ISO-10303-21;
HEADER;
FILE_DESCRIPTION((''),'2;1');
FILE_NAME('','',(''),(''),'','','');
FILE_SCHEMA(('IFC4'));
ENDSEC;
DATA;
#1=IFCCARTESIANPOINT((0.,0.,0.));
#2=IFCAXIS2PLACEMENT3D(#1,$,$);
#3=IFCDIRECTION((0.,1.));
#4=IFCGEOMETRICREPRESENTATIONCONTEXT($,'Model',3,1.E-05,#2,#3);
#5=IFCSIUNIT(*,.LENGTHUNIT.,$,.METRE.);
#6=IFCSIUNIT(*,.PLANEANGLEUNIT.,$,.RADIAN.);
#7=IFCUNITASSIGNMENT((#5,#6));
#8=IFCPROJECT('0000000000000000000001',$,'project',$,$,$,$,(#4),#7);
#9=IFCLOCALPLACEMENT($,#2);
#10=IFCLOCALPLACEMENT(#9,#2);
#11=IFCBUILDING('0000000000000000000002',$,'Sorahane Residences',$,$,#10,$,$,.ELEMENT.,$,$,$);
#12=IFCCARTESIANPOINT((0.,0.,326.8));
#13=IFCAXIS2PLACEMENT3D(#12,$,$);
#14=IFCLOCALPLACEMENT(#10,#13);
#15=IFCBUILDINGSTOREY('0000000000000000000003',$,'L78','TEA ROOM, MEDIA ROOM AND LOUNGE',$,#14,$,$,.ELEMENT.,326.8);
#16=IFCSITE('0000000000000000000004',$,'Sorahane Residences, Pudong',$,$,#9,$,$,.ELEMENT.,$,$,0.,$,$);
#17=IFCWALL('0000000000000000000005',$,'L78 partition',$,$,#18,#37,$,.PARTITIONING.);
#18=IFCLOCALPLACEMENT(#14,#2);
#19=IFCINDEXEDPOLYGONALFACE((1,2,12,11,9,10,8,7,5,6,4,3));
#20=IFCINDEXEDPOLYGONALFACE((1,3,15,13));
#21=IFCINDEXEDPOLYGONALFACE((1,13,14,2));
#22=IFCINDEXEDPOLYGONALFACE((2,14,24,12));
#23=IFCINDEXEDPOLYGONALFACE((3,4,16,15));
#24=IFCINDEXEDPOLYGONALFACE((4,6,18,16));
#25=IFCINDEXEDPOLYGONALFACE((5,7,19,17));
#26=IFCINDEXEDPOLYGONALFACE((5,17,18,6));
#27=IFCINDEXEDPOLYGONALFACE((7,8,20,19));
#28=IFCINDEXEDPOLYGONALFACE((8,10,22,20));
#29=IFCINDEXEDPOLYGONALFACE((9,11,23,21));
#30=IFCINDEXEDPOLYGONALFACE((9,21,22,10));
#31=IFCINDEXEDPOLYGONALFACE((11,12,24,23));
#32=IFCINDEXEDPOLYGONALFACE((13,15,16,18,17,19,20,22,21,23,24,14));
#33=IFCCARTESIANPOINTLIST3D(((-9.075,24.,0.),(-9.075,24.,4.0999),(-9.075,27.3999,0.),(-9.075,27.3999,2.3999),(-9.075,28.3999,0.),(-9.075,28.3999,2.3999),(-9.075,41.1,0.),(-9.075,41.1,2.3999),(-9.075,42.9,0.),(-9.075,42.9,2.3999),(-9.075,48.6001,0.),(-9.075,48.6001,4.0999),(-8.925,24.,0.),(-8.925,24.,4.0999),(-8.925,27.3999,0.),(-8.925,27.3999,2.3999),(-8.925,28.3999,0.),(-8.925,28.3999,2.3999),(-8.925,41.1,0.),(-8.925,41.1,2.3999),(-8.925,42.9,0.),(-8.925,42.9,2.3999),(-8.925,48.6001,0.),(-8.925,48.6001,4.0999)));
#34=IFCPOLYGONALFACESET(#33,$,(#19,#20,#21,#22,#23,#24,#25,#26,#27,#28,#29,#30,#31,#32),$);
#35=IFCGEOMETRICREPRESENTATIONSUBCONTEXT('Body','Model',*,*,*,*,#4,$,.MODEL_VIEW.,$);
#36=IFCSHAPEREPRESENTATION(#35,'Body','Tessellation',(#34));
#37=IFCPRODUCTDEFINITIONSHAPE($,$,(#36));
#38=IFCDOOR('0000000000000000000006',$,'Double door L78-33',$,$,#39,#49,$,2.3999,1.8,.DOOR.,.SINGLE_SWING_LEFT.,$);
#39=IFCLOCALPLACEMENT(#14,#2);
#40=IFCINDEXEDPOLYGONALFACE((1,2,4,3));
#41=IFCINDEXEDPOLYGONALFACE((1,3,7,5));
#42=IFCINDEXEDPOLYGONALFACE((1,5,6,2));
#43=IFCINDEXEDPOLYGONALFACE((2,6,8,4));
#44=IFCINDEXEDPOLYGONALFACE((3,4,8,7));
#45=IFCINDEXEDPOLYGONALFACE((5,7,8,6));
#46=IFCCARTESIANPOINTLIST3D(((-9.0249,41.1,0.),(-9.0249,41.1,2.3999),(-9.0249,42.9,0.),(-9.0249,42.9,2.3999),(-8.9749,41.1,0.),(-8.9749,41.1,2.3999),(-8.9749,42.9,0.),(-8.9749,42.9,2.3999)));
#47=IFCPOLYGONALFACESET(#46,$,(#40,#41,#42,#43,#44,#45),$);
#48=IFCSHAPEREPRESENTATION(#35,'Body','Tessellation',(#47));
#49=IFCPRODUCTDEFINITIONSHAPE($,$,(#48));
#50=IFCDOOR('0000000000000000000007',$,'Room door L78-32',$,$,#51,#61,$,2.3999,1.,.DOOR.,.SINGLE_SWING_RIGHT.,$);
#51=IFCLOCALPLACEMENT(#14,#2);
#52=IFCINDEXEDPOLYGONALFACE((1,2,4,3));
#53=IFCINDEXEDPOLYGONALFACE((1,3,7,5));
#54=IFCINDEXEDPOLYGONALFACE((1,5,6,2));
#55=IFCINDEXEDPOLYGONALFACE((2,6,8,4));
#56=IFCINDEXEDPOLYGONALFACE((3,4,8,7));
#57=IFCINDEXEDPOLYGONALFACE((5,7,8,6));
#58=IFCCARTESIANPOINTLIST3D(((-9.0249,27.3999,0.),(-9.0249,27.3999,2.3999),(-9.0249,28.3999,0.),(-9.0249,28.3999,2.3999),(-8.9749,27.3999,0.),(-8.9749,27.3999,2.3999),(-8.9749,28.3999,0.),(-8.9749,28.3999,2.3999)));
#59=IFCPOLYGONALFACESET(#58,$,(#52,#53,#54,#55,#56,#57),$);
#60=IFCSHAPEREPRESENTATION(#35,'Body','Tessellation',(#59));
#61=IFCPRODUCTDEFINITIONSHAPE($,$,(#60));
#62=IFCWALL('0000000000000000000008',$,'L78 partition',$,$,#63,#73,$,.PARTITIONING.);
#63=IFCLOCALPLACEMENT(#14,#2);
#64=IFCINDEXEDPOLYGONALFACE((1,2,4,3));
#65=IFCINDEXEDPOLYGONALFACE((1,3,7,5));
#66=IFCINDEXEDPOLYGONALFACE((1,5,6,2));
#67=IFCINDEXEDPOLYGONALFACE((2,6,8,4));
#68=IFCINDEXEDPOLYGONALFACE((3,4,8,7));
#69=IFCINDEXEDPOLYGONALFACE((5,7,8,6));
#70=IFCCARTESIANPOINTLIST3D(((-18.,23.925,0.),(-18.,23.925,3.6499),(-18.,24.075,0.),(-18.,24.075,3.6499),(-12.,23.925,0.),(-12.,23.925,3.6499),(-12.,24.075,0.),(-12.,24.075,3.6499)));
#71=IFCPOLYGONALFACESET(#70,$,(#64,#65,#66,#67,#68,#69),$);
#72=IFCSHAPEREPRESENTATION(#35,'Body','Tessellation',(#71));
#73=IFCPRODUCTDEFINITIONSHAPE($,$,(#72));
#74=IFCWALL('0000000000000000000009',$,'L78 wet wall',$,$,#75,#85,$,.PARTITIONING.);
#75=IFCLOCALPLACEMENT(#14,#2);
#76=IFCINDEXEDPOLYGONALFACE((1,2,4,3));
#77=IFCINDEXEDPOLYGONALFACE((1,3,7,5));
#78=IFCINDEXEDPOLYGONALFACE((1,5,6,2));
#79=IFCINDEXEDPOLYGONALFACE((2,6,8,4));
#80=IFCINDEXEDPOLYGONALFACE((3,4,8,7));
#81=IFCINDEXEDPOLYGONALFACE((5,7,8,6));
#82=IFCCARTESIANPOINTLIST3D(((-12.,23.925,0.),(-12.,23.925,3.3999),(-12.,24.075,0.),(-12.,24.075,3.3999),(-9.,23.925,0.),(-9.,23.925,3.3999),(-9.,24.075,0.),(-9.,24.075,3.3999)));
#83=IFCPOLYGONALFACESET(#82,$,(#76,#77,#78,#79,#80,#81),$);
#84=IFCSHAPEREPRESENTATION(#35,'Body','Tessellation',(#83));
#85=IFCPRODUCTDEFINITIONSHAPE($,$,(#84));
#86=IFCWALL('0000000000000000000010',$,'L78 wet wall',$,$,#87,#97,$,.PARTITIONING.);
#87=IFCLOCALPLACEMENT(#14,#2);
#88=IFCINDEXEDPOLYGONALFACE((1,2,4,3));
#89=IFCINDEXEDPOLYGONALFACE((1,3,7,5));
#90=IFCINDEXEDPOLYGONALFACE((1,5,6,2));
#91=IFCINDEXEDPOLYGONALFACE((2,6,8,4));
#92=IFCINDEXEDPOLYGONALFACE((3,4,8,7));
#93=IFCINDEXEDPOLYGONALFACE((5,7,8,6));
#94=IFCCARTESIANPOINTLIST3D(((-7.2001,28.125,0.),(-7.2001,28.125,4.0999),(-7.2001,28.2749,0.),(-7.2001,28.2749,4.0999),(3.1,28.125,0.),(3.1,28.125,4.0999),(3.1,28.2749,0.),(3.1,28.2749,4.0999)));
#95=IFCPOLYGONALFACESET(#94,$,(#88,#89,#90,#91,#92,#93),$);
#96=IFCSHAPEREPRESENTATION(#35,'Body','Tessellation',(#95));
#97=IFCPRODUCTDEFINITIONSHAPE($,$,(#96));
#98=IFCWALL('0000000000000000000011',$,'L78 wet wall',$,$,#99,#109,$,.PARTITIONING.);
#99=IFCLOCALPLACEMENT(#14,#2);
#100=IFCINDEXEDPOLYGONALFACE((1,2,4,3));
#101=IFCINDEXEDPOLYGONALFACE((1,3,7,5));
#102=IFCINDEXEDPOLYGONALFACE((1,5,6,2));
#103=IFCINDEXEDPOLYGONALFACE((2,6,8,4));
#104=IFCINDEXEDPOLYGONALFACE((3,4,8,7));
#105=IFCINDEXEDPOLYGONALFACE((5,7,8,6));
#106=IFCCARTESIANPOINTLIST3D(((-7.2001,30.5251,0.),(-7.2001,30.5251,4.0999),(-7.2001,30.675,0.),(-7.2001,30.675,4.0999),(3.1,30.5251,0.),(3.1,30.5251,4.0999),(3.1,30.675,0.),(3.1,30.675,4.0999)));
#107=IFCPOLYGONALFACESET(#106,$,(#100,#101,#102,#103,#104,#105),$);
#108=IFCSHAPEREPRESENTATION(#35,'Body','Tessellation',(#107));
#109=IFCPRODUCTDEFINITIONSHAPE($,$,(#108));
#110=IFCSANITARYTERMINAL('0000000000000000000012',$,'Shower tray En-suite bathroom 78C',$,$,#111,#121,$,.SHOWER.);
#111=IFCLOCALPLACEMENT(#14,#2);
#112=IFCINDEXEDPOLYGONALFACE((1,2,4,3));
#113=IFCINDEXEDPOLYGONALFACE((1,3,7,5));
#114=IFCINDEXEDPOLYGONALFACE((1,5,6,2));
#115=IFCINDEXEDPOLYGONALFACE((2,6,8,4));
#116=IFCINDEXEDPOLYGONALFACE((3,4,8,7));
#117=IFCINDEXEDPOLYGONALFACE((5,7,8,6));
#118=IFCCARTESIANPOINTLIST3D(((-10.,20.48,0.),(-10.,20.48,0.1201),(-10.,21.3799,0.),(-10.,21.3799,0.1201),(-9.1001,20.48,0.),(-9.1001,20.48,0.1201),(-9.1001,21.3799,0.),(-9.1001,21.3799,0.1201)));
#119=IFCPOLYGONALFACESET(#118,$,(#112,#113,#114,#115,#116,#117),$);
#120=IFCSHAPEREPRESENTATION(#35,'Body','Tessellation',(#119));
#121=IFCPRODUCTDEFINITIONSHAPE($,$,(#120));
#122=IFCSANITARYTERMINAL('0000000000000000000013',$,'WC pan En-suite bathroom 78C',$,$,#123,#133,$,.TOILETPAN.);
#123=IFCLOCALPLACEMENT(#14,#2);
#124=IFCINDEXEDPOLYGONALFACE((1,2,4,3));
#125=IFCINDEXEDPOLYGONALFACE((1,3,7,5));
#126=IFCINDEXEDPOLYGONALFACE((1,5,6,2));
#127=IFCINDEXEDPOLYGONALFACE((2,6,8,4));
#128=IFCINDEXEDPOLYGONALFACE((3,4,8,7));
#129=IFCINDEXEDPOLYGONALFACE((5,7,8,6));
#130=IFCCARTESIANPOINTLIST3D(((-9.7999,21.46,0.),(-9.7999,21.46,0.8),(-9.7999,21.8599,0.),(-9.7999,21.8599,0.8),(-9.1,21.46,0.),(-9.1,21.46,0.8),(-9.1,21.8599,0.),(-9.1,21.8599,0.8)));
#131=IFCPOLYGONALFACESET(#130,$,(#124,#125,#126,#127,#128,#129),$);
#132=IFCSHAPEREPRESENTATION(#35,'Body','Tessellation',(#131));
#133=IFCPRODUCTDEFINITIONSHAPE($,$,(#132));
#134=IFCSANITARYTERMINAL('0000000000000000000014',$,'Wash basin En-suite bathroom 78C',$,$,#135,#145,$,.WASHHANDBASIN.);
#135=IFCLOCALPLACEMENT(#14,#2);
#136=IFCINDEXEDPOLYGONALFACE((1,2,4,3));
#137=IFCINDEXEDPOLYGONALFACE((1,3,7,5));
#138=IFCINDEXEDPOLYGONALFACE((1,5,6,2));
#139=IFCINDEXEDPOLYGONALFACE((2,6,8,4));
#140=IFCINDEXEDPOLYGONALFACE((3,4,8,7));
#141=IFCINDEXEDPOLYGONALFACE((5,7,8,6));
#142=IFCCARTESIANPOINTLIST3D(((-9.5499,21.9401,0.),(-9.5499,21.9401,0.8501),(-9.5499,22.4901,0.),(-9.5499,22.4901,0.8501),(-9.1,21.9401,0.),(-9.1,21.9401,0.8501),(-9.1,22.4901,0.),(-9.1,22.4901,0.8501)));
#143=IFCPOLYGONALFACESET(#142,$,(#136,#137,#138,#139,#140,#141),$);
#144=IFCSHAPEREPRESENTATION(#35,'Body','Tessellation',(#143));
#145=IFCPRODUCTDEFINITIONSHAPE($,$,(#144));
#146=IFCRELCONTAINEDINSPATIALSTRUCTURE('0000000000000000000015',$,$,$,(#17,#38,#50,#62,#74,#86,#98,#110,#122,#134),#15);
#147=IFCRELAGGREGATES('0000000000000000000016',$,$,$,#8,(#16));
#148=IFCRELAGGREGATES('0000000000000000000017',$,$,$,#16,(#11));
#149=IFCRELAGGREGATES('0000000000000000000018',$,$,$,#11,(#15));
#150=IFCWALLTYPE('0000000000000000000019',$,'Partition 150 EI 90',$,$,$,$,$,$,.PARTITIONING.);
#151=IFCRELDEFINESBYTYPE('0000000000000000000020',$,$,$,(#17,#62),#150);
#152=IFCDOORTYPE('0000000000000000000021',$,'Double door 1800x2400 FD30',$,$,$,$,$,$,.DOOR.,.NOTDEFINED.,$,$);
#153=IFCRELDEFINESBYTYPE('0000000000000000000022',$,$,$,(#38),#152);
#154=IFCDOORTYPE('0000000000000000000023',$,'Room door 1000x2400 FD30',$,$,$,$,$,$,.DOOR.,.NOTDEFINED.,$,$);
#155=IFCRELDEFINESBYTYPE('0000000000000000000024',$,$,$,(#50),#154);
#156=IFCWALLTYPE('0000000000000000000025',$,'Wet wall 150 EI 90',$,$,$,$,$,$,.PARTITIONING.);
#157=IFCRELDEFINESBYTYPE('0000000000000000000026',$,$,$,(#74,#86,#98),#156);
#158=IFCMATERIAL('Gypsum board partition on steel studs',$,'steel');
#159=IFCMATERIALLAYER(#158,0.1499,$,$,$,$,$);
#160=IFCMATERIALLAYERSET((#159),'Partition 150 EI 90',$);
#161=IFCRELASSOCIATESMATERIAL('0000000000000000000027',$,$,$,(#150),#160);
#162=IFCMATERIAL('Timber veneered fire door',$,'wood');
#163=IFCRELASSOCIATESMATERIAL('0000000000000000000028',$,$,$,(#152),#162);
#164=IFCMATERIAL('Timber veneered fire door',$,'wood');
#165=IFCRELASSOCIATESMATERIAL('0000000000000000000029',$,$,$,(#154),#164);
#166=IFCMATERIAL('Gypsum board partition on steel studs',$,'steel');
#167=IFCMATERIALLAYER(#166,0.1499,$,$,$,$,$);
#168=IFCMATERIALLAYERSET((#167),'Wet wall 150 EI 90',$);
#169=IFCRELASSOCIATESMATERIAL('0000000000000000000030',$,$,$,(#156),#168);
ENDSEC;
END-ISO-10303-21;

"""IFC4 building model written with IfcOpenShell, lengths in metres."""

from ifc_helpers import new_model, si_unit, direction, frame, frame_2d, origin, origin_2d, place, context, subcontext, project, spatial, rectangle, extrude, material, layer, layer_set, type_object, element, fill, save


model = new_model("IFC4")

# Units and contexts
model_context = context("Model", 3, precision=1e-05, world=origin(), true_north=direction((0.0, 1.0)))
body_context = subcontext(model_context, "Body", "Model", "MODEL_VIEW")
ifc_project = project(units=[si_unit("LENGTHUNIT", "METRE"), si_unit("PLANEANGLEUNIT", "RADIAN")], contexts=[model_context])

# Site, building, storey
site_placement = place(None, origin())
site = spatial("IfcSite", under=ifc_project, at=site_placement, Name="Sorahane Residences, Pudong", CompositionType="ELEMENT", RefElevation=0.0)
building_placement = place(site_placement, origin())
building = spatial("IfcBuilding", under=site, at=building_placement, Name="Sorahane Residences", CompositionType="ELEMENT")
storey_placement = place(building_placement, frame((0.0, 0.0, 326.8)))
storey = spatial("IfcBuildingStorey", under=building, at=storey_placement, Name="L78", Description="TEA ROOM, MEDIA ROOM AND LOUNGE", CompositionType="ELEMENT", Elevation=326.8)

# Wall, openings, doors
ifc_material_1 = material(Name="Gypsum board partition on steel studs", Category="steel")
ifc_layer_1 = layer(ifc_material_1, 0.1499)
ifc_layer_set_1 = layer_set([ifc_layer_1], Name="Partition 150 EI 90")
wall_type_1 = type_object("IfcWallType", Name="Partition 150 EI 90", PredefinedType="PARTITIONING", material=ifc_layer_set_1)
ifc_material_2 = material(Name="Timber veneered fire door", Category="wood")
door_type_1 = type_object("IfcDoorType", Name="Double door 1800x2400 FD30", OperationType="NOTDEFINED", PredefinedType="DOOR", material=ifc_material_2)
ifc_material_3 = material(Name="Timber veneered fire door", Category="wood")
door_type_2 = type_object("IfcDoorType", Name="Room door 1000x2400 FD30", OperationType="NOTDEFINED", PredefinedType="DOOR", material=ifc_material_3)
wall_1_placement = place(storey_placement, frame((-9.0, 24.0, 0.0), z_axis=(0.0, 0.0, 1.0), x_axis=(0.0, 1.0, 0.0)))
wall_1 = element("IfcWall", 1, at=wall_1_placement, inside=storey, type_object=wall_type_1, Name="L78 partition", PredefinedType="PARTITIONING", context=body_context, shape_type="SweptSolid", body=[
    extrude(rectangle(XDim=24.6001, YDim=0.1499, at=frame_2d((12.3, 0.0))), origin(), (0.0, 0.0, 1.0), 4.0999),
])
opening_1_placement = place(wall_1_placement, frame((3.3999, 0.0, 0.0)))
opening_1 = element("IfcOpeningElement", 2, at=opening_1_placement, cuts=wall_1, PredefinedType="OPENING", context=body_context, shape_type="SweptSolid", body=[
    extrude(rectangle(XDim=1.0, YDim=2.3999, at=frame_2d((0.5, 1.2))), frame((0.0, 0.085, 0.0), z_axis=(0.0, -1.0, 0.0), x_axis=(1.0, 0.0, 0.0)), (0.0, 0.0, 1.0), 0.1699),
])
opening_2_placement = place(wall_1_placement, frame((17.1001, 0.0, 0.0)))
opening_2 = element("IfcOpeningElement", 3, at=opening_2_placement, cuts=wall_1, PredefinedType="OPENING", context=body_context, shape_type="SweptSolid", body=[
    extrude(rectangle(XDim=1.8, YDim=2.3999, at=frame_2d((0.8999, 1.2))), frame((0.0, 0.085, 0.0), z_axis=(0.0, -1.0, 0.0), x_axis=(1.0, 0.0, 0.0)), (0.0, 0.0, 1.0), 0.1699),
])
door_1_placement = place(opening_2_placement, origin())
door_1 = element("IfcDoor", 4, at=door_1_placement, inside=storey, type_object=door_type_1, Name="Double door L78-33", OperationType="SINGLE_SWING_LEFT", OverallHeight=2.3999, OverallWidth=1.8, PredefinedType="DOOR", context=body_context, shape_type="SweptSolid", body=[
    extrude(rectangle(XDim=1.8, YDim=2.3999, at=frame_2d((0.8999, 1.2))), frame((0.0, 0.0249, 0.0), z_axis=(0.0, -1.0, 0.0), x_axis=(1.0, 0.0, 0.0)), (0.0, 0.0, 1.0), 0.05),
])
fill(opening_2, door_1)
door_2_placement = place(opening_1_placement, origin())
door_2 = element("IfcDoor", 5, at=door_2_placement, inside=storey, type_object=door_type_2, Name="Room door L78-32", OperationType="SINGLE_SWING_RIGHT", OverallHeight=2.3999, OverallWidth=1.0, PredefinedType="DOOR", context=body_context, shape_type="SweptSolid", body=[
    extrude(rectangle(XDim=1.0, YDim=2.3999, at=frame_2d((0.5, 1.2))), frame((0.0, 0.0249, 0.0), z_axis=(0.0, -1.0, 0.0), x_axis=(1.0, 0.0, 0.0)), (0.0, 0.0, 1.0), 0.05),
])
fill(opening_1, door_2)

# Wall
wall_2_placement = place(storey_placement, frame((-18.0, 24.0, 0.0), z_axis=(0.0, 0.0, 1.0), x_axis=(1.0, 0.0, 0.0)))
element("IfcWall", 6, at=wall_2_placement, inside=storey, type_object=wall_type_1, Name="L78 partition", PredefinedType="PARTITIONING", context=body_context, shape_type="SweptSolid", body=[
    extrude(rectangle(XDim=6.0, YDim=0.1499, at=frame_2d((3.0, 0.0))), origin(), (0.0, 0.0, 1.0), 3.6499),
])

# Shared definitions
ifc_material_4 = material(Name="Gypsum board partition on steel studs", Category="steel")
ifc_layer_2 = layer(ifc_material_4, 0.1499)
ifc_layer_set_2 = layer_set([ifc_layer_2], Name="Wet wall 150 EI 90")
wall_type_2 = type_object("IfcWallType", Name="Wet wall 150 EI 90", PredefinedType="PARTITIONING", material=ifc_layer_set_2)

# Walls
wall_3_placement = place(storey_placement, frame((-12.0, 24.0, 0.0), z_axis=(0.0, 0.0, 1.0), x_axis=(1.0, 0.0, 0.0)))
element("IfcWall", 7, at=wall_3_placement, inside=storey, type_object=wall_type_2, Name="L78 wet wall", PredefinedType="PARTITIONING", context=body_context, shape_type="SweptSolid", body=[
    extrude(rectangle(XDim=3.0, YDim=0.1499, at=frame_2d((1.5, 0.0))), origin(), (0.0, 0.0, 1.0), 3.3999),
])
for number, where, z_axis, x_axis, name in (
    (8, (-7.2, 28.2, 0.0), (0.0, 0.0, 1.0), (1.0, 0.0, 0.0), "L78 wet wall"),
    (9, (-7.2, 30.6001, 0.0), (0.0, 0.0, 1.0), (1.0, 0.0, 0.0), "L78 wet wall"),
):
    element("IfcWall", number, at=place(storey_placement, frame(where, z_axis=z_axis, x_axis=x_axis)), inside=storey, type_object=wall_type_2, Name=name, PredefinedType="PARTITIONING", context=body_context, shape_type="SweptSolid", body=[
        extrude(rectangle(XDim=10.3, YDim=0.1499, at=frame_2d((5.1499, 0.0))), origin(), (0.0, 0.0, 1.0), 4.0999),
    ])

# Sanitary terminals
sanitary_terminal_1_placement = place(storey_placement, frame((-9.55, 20.9299, 0.0), z_axis=(0.0, 0.0, 1.0), x_axis=(0.0, -1.0, 0.0)))
element("IfcSanitaryTerminal", 10, at=sanitary_terminal_1_placement, inside=storey, Name="Shower tray En-suite bathroom 78C", PredefinedType="SHOWER", context=body_context, shape_type="SweptSolid", body=[
    extrude(rectangle(XDim=0.8999, YDim=0.8999, at=origin_2d()), origin(), (0.0, 0.0, 1.0), 0.1201),
])
sanitary_terminal_2_placement = place(storey_placement, frame((-9.45, 21.6599, 0.0), z_axis=(0.0, 0.0, 1.0), x_axis=(0.0, -1.0, 0.0)))
element("IfcSanitaryTerminal", 11, at=sanitary_terminal_2_placement, inside=storey, Name="WC pan En-suite bathroom 78C", PredefinedType="TOILETPAN", context=body_context, shape_type="SweptSolid", body=[
    extrude(rectangle(XDim=0.3999, YDim=0.7, at=origin_2d()), origin(), (0.0, 0.0, 1.0), 0.8),
])
sanitary_terminal_3_placement = place(storey_placement, frame((-9.325, 22.2151, 0.0), z_axis=(0.0, 0.0, 1.0), x_axis=(0.0, -1.0, 0.0)))
element("IfcSanitaryTerminal", 12, at=sanitary_terminal_3_placement, inside=storey, Name="Wash basin En-suite bathroom 78C", PredefinedType="WASHHANDBASIN", context=body_context, shape_type="SweptSolid", body=[
    extrude(rectangle(XDim=0.55, YDim=0.45, at=origin_2d()), origin(), (0.0, 0.0, 1.0), 0.8501),
])

save(model, "model.ifc")
